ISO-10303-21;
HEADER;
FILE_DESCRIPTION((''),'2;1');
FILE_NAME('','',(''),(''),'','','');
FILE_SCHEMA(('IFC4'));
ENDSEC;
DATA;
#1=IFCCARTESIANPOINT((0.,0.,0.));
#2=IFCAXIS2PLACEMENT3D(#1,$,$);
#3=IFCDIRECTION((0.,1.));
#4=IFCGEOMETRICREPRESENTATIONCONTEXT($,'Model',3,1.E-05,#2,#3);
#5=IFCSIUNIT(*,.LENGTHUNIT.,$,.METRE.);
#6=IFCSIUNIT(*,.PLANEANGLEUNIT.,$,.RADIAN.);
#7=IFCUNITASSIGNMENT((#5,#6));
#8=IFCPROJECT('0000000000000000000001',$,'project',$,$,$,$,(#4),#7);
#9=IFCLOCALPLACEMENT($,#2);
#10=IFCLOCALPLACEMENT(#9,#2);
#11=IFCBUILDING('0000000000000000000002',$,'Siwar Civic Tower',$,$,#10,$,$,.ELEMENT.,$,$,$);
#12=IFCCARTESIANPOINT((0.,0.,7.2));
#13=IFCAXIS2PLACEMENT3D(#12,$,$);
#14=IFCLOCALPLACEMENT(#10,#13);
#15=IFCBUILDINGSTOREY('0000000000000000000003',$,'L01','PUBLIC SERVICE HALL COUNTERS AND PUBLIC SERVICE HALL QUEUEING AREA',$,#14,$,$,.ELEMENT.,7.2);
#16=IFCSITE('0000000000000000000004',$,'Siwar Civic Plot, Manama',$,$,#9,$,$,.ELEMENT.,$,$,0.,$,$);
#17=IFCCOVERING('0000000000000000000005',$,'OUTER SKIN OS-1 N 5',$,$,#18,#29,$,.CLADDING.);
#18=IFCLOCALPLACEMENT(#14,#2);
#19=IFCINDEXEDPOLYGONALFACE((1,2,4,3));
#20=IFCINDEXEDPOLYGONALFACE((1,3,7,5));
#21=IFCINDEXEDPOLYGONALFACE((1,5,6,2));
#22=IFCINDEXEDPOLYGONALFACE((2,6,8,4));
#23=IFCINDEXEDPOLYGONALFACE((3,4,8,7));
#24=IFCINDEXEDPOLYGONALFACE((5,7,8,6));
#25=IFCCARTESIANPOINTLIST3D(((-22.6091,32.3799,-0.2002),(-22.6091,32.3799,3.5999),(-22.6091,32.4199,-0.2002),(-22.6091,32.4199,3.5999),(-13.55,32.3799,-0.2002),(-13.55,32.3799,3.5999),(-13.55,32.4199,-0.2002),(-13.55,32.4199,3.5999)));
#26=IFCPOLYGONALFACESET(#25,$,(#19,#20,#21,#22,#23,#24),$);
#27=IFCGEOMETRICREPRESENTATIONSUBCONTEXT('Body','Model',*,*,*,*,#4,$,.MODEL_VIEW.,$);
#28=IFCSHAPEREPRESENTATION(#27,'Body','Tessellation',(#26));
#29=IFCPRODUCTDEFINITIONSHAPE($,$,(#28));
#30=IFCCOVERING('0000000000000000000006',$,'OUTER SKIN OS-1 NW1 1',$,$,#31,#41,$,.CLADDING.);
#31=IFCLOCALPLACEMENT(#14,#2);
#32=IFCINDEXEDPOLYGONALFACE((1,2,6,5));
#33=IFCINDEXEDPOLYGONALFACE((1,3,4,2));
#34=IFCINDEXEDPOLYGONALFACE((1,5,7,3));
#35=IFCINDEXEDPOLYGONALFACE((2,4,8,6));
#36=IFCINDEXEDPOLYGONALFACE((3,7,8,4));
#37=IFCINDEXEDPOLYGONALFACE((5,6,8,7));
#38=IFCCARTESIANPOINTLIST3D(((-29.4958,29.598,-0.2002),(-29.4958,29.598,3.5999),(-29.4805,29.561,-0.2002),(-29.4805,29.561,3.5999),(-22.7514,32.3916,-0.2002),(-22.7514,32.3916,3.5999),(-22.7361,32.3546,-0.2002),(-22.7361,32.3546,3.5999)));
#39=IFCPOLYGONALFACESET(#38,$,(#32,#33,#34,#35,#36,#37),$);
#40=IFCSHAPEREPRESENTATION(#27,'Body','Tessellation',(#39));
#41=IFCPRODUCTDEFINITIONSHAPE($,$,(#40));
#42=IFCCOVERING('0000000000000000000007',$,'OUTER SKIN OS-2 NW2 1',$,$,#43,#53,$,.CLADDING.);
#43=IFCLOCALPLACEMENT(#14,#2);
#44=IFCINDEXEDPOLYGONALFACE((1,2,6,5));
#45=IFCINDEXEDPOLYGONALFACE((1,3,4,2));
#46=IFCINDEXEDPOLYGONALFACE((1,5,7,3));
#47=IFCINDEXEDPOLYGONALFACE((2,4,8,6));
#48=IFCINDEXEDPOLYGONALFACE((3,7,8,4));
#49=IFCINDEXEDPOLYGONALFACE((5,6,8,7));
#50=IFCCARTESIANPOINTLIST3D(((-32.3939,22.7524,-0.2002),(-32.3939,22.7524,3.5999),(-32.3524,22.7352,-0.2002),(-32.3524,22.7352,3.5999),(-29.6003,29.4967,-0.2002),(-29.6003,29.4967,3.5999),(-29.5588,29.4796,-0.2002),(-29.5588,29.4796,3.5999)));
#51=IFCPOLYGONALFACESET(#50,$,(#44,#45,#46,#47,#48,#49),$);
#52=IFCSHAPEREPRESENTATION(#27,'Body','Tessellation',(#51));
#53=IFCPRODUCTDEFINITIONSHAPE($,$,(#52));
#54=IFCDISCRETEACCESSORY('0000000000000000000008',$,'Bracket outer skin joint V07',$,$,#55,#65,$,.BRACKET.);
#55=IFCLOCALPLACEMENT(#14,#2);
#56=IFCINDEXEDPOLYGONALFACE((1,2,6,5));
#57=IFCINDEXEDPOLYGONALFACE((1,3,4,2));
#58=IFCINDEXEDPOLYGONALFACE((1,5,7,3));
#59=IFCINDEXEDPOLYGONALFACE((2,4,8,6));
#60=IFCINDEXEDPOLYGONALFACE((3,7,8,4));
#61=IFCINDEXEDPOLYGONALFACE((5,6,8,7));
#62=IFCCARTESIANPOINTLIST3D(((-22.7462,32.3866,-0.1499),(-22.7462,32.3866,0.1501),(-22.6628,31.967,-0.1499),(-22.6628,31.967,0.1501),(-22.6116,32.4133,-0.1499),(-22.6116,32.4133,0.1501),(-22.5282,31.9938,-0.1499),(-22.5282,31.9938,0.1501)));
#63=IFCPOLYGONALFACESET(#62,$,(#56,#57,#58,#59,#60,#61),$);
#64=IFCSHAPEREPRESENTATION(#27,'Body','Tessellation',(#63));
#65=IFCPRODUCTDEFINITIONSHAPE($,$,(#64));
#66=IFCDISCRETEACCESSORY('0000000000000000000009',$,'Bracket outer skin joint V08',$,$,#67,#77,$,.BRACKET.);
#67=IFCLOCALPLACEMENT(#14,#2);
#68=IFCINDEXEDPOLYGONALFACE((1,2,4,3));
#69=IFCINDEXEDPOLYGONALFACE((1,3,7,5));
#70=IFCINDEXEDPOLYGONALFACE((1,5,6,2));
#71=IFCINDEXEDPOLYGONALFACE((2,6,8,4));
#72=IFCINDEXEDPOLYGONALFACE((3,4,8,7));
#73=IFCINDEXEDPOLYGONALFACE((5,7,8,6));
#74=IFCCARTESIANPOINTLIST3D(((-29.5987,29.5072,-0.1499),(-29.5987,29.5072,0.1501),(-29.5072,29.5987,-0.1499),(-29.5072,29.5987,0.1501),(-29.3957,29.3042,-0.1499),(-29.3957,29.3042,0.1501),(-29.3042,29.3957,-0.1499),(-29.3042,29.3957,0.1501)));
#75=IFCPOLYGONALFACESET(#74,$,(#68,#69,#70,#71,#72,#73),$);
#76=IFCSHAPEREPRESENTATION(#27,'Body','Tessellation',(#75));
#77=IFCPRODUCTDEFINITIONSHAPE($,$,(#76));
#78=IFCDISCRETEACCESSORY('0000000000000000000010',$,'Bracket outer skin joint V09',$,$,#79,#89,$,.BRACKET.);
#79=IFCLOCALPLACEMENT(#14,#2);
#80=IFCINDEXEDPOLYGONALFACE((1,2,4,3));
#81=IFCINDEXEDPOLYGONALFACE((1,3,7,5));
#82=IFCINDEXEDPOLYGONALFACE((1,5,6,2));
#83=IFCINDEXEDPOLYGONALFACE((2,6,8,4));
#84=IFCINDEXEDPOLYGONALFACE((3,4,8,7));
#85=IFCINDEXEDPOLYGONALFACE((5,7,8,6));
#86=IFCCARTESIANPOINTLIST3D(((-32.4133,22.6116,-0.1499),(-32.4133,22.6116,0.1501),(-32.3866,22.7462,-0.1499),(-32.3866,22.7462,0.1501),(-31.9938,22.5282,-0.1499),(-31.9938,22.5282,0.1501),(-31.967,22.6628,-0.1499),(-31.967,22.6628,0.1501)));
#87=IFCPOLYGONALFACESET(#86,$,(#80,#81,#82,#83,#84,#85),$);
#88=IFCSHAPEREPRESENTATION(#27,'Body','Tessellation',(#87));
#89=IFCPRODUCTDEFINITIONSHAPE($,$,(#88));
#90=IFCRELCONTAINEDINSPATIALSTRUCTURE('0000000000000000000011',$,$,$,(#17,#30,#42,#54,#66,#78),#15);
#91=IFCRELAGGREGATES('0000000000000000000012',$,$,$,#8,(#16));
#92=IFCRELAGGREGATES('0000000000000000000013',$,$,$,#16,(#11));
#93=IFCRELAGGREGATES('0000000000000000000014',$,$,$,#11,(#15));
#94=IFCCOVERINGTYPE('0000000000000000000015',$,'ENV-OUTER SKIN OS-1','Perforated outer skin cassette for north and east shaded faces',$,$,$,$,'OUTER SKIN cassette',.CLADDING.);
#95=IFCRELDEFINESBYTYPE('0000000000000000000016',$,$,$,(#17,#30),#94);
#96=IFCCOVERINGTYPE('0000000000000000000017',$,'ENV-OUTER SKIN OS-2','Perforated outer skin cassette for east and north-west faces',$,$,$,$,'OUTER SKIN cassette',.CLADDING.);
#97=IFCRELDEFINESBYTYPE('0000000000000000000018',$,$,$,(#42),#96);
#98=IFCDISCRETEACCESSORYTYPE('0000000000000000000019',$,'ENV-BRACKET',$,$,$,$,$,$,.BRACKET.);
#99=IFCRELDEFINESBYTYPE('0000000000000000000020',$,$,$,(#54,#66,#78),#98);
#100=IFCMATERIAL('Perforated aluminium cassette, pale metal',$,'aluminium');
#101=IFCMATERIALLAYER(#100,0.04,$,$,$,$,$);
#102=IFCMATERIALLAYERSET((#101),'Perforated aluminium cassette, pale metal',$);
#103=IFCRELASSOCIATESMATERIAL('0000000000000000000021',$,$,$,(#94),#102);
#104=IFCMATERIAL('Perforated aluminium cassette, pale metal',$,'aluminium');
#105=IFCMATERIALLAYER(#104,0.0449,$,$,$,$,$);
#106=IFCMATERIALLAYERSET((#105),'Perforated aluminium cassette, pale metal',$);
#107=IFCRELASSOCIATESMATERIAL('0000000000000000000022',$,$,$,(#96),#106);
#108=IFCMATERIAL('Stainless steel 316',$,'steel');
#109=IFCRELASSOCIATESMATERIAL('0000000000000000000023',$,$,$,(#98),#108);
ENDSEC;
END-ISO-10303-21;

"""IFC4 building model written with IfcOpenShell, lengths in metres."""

from ifc_helpers import new_model, si_unit, direction, frame, origin, origin_2d, place, context, subcontext, project, spatial, rectangle, extrude, material, layer, layer_set, type_object, element, save


model = new_model("IFC4")

# Units and contexts
model_context = context("Model", 3, precision=1e-05, world=origin(), true_north=direction((0.0, 1.0)))
body_context = subcontext(model_context, "Body", "Model", "MODEL_VIEW")
ifc_project = project(units=[si_unit("LENGTHUNIT", "METRE"), si_unit("PLANEANGLEUNIT", "RADIAN")], contexts=[model_context])

# Site, building, storey
site_placement = place(None, origin())
site = spatial("IfcSite", under=ifc_project, at=site_placement, Name="Siwar Civic Plot, Manama", CompositionType="ELEMENT", RefElevation=0.0)
building_placement = place(site_placement, origin())
building = spatial("IfcBuilding", under=site, at=building_placement, Name="Siwar Civic Tower", CompositionType="ELEMENT")
storey_placement = place(building_placement, frame((0.0, 0.0, 7.2)))
storey = spatial("IfcBuildingStorey", under=building, at=storey_placement, Name="L01", Description="PUBLIC SERVICE HALL COUNTERS AND PUBLIC SERVICE HALL QUEUEING AREA", CompositionType="ELEMENT", Elevation=7.2)

# Coverings
ifc_material_1 = material(Name="Perforated aluminium cassette, pale metal", Category="aluminium")
ifc_layer_1 = layer(ifc_material_1, 0.04)
ifc_layer_set_1 = layer_set([ifc_layer_1], Name="Perforated aluminium cassette, pale metal")
covering_type_1 = type_object("IfcCoveringType", Name="ENV-OUTER SKIN OS-1", Description="Perforated outer skin cassette for north and east shaded faces", ElementType="OUTER SKIN cassette", PredefinedType="CLADDING", material=ifc_layer_set_1)
covering_1_placement = place(storey_placement, frame((-18.0796, 32.3999, -0.2002), z_axis=(0.0, 0.0, 1.0), x_axis=(-1.0, 0.0, 0.0)))
element("IfcCovering", 1, at=covering_1_placement, inside=storey, type_object=covering_type_1, Name="OUTER SKIN OS-1 N 5", PredefinedType="CLADDING", context=body_context, shape_type="SweptSolid", body=[
    extrude(rectangle(XDim=9.0591, YDim=0.04, at=origin_2d()), origin(), (0.0, 0.0, 1.0), 3.8),
])
covering_2_placement = place(storey_placement, frame((-26.116, 30.9763, -0.2002), z_axis=(0.0, 0.0, 1.0), x_axis=(-0.92388, -0.382683, 0.0)))
element("IfcCovering", 2, at=covering_2_placement, inside=storey, type_object=covering_type_1, Name="OUTER SKIN OS-1 NW1 1", PredefinedType="CLADDING", context=body_context, shape_type="SweptSolid", body=[
    extrude(rectangle(XDim=7.3, YDim=0.04, at=origin_2d()), origin(), (0.0, 0.0, 1.0), 3.8),
])
ifc_material_2 = material(Name="Perforated aluminium cassette, pale metal", Category="aluminium")
ifc_layer_2 = layer(ifc_material_2, 0.0449)
ifc_layer_set_2 = layer_set([ifc_layer_2], Name="Perforated aluminium cassette, pale metal")
covering_type_2 = type_object("IfcCoveringType", Name="ENV-OUTER SKIN OS-2", Description="Perforated outer skin cassette for east and north-west faces", ElementType="OUTER SKIN cassette", PredefinedType="CLADDING", material=ifc_layer_set_2)
covering_3_placement = place(storey_placement, frame((-30.9763, 26.116, -0.2002), z_axis=(0.0, 0.0, 1.0), x_axis=(-0.382683, -0.92388, 0.0)))
element("IfcCovering", 3, at=covering_3_placement, inside=storey, type_object=covering_type_2, Name="OUTER SKIN OS-2 NW2 1", PredefinedType="CLADDING", context=body_context, shape_type="SweptSolid", body=[
    extrude(rectangle(XDim=7.3, YDim=0.0449, at=origin_2d()), origin(), (0.0, 0.0, 1.0), 3.8),
])

# Discrete accessories
ifc_material_3 = material(Name="Stainless steel 316", Category="steel")
discrete_accessory_type = type_object("IfcDiscreteAccessoryType", Name="ENV-BRACKET", PredefinedType="BRACKET", material=ifc_material_3)
discrete_accessory_1_placement = place(storey_placement, frame((-22.6372, 32.1902, -0.1499), z_axis=(0.0, 0.0, 1.0), x_axis=(-0.19509, 0.980785, 0.0)))
element("IfcDiscreteAccessory", 4, at=discrete_accessory_1_placement, inside=storey, type_object=discrete_accessory_type, Name="Bracket outer skin joint V07", PredefinedType="BRACKET", context=body_context, shape_type="SweptSolid", body=[
    extrude(rectangle(XDim=0.4277, YDim=0.1372, at=origin_2d()), origin(), (0.0, 0.0, 1.0), 0.3),
])
discrete_accessory_2_placement = place(storey_placement, frame((-29.4514, 29.4514, -0.1499), z_axis=(0.0, 0.0, 1.0), x_axis=(-0.707107, 0.707107, 0.0)))
element("IfcDiscreteAccessory", 5, at=discrete_accessory_2_placement, inside=storey, type_object=discrete_accessory_type, Name="Bracket outer skin joint V08", PredefinedType="BRACKET", context=body_context, shape_type="SweptSolid", body=[
    extrude(rectangle(XDim=0.2871, YDim=0.1294, at=origin_2d()), origin(), (0.0, 0.0, 1.0), 0.3),
])
discrete_accessory_3_placement = place(storey_placement, frame((-32.1902, 22.6372, -0.1499), z_axis=(0.0, 0.0, 1.0), x_axis=(-0.980785, 0.19509, 0.0)))
element("IfcDiscreteAccessory", 6, at=discrete_accessory_3_placement, inside=storey, type_object=discrete_accessory_type, Name="Bracket outer skin joint V09", PredefinedType="BRACKET", context=body_context, shape_type="SweptSolid", body=[
    extrude(rectangle(XDim=0.4277, YDim=0.1372, at=origin_2d()), origin(), (0.0, 0.0, 1.0), 0.3),
])

save(model, "model.ifc")
